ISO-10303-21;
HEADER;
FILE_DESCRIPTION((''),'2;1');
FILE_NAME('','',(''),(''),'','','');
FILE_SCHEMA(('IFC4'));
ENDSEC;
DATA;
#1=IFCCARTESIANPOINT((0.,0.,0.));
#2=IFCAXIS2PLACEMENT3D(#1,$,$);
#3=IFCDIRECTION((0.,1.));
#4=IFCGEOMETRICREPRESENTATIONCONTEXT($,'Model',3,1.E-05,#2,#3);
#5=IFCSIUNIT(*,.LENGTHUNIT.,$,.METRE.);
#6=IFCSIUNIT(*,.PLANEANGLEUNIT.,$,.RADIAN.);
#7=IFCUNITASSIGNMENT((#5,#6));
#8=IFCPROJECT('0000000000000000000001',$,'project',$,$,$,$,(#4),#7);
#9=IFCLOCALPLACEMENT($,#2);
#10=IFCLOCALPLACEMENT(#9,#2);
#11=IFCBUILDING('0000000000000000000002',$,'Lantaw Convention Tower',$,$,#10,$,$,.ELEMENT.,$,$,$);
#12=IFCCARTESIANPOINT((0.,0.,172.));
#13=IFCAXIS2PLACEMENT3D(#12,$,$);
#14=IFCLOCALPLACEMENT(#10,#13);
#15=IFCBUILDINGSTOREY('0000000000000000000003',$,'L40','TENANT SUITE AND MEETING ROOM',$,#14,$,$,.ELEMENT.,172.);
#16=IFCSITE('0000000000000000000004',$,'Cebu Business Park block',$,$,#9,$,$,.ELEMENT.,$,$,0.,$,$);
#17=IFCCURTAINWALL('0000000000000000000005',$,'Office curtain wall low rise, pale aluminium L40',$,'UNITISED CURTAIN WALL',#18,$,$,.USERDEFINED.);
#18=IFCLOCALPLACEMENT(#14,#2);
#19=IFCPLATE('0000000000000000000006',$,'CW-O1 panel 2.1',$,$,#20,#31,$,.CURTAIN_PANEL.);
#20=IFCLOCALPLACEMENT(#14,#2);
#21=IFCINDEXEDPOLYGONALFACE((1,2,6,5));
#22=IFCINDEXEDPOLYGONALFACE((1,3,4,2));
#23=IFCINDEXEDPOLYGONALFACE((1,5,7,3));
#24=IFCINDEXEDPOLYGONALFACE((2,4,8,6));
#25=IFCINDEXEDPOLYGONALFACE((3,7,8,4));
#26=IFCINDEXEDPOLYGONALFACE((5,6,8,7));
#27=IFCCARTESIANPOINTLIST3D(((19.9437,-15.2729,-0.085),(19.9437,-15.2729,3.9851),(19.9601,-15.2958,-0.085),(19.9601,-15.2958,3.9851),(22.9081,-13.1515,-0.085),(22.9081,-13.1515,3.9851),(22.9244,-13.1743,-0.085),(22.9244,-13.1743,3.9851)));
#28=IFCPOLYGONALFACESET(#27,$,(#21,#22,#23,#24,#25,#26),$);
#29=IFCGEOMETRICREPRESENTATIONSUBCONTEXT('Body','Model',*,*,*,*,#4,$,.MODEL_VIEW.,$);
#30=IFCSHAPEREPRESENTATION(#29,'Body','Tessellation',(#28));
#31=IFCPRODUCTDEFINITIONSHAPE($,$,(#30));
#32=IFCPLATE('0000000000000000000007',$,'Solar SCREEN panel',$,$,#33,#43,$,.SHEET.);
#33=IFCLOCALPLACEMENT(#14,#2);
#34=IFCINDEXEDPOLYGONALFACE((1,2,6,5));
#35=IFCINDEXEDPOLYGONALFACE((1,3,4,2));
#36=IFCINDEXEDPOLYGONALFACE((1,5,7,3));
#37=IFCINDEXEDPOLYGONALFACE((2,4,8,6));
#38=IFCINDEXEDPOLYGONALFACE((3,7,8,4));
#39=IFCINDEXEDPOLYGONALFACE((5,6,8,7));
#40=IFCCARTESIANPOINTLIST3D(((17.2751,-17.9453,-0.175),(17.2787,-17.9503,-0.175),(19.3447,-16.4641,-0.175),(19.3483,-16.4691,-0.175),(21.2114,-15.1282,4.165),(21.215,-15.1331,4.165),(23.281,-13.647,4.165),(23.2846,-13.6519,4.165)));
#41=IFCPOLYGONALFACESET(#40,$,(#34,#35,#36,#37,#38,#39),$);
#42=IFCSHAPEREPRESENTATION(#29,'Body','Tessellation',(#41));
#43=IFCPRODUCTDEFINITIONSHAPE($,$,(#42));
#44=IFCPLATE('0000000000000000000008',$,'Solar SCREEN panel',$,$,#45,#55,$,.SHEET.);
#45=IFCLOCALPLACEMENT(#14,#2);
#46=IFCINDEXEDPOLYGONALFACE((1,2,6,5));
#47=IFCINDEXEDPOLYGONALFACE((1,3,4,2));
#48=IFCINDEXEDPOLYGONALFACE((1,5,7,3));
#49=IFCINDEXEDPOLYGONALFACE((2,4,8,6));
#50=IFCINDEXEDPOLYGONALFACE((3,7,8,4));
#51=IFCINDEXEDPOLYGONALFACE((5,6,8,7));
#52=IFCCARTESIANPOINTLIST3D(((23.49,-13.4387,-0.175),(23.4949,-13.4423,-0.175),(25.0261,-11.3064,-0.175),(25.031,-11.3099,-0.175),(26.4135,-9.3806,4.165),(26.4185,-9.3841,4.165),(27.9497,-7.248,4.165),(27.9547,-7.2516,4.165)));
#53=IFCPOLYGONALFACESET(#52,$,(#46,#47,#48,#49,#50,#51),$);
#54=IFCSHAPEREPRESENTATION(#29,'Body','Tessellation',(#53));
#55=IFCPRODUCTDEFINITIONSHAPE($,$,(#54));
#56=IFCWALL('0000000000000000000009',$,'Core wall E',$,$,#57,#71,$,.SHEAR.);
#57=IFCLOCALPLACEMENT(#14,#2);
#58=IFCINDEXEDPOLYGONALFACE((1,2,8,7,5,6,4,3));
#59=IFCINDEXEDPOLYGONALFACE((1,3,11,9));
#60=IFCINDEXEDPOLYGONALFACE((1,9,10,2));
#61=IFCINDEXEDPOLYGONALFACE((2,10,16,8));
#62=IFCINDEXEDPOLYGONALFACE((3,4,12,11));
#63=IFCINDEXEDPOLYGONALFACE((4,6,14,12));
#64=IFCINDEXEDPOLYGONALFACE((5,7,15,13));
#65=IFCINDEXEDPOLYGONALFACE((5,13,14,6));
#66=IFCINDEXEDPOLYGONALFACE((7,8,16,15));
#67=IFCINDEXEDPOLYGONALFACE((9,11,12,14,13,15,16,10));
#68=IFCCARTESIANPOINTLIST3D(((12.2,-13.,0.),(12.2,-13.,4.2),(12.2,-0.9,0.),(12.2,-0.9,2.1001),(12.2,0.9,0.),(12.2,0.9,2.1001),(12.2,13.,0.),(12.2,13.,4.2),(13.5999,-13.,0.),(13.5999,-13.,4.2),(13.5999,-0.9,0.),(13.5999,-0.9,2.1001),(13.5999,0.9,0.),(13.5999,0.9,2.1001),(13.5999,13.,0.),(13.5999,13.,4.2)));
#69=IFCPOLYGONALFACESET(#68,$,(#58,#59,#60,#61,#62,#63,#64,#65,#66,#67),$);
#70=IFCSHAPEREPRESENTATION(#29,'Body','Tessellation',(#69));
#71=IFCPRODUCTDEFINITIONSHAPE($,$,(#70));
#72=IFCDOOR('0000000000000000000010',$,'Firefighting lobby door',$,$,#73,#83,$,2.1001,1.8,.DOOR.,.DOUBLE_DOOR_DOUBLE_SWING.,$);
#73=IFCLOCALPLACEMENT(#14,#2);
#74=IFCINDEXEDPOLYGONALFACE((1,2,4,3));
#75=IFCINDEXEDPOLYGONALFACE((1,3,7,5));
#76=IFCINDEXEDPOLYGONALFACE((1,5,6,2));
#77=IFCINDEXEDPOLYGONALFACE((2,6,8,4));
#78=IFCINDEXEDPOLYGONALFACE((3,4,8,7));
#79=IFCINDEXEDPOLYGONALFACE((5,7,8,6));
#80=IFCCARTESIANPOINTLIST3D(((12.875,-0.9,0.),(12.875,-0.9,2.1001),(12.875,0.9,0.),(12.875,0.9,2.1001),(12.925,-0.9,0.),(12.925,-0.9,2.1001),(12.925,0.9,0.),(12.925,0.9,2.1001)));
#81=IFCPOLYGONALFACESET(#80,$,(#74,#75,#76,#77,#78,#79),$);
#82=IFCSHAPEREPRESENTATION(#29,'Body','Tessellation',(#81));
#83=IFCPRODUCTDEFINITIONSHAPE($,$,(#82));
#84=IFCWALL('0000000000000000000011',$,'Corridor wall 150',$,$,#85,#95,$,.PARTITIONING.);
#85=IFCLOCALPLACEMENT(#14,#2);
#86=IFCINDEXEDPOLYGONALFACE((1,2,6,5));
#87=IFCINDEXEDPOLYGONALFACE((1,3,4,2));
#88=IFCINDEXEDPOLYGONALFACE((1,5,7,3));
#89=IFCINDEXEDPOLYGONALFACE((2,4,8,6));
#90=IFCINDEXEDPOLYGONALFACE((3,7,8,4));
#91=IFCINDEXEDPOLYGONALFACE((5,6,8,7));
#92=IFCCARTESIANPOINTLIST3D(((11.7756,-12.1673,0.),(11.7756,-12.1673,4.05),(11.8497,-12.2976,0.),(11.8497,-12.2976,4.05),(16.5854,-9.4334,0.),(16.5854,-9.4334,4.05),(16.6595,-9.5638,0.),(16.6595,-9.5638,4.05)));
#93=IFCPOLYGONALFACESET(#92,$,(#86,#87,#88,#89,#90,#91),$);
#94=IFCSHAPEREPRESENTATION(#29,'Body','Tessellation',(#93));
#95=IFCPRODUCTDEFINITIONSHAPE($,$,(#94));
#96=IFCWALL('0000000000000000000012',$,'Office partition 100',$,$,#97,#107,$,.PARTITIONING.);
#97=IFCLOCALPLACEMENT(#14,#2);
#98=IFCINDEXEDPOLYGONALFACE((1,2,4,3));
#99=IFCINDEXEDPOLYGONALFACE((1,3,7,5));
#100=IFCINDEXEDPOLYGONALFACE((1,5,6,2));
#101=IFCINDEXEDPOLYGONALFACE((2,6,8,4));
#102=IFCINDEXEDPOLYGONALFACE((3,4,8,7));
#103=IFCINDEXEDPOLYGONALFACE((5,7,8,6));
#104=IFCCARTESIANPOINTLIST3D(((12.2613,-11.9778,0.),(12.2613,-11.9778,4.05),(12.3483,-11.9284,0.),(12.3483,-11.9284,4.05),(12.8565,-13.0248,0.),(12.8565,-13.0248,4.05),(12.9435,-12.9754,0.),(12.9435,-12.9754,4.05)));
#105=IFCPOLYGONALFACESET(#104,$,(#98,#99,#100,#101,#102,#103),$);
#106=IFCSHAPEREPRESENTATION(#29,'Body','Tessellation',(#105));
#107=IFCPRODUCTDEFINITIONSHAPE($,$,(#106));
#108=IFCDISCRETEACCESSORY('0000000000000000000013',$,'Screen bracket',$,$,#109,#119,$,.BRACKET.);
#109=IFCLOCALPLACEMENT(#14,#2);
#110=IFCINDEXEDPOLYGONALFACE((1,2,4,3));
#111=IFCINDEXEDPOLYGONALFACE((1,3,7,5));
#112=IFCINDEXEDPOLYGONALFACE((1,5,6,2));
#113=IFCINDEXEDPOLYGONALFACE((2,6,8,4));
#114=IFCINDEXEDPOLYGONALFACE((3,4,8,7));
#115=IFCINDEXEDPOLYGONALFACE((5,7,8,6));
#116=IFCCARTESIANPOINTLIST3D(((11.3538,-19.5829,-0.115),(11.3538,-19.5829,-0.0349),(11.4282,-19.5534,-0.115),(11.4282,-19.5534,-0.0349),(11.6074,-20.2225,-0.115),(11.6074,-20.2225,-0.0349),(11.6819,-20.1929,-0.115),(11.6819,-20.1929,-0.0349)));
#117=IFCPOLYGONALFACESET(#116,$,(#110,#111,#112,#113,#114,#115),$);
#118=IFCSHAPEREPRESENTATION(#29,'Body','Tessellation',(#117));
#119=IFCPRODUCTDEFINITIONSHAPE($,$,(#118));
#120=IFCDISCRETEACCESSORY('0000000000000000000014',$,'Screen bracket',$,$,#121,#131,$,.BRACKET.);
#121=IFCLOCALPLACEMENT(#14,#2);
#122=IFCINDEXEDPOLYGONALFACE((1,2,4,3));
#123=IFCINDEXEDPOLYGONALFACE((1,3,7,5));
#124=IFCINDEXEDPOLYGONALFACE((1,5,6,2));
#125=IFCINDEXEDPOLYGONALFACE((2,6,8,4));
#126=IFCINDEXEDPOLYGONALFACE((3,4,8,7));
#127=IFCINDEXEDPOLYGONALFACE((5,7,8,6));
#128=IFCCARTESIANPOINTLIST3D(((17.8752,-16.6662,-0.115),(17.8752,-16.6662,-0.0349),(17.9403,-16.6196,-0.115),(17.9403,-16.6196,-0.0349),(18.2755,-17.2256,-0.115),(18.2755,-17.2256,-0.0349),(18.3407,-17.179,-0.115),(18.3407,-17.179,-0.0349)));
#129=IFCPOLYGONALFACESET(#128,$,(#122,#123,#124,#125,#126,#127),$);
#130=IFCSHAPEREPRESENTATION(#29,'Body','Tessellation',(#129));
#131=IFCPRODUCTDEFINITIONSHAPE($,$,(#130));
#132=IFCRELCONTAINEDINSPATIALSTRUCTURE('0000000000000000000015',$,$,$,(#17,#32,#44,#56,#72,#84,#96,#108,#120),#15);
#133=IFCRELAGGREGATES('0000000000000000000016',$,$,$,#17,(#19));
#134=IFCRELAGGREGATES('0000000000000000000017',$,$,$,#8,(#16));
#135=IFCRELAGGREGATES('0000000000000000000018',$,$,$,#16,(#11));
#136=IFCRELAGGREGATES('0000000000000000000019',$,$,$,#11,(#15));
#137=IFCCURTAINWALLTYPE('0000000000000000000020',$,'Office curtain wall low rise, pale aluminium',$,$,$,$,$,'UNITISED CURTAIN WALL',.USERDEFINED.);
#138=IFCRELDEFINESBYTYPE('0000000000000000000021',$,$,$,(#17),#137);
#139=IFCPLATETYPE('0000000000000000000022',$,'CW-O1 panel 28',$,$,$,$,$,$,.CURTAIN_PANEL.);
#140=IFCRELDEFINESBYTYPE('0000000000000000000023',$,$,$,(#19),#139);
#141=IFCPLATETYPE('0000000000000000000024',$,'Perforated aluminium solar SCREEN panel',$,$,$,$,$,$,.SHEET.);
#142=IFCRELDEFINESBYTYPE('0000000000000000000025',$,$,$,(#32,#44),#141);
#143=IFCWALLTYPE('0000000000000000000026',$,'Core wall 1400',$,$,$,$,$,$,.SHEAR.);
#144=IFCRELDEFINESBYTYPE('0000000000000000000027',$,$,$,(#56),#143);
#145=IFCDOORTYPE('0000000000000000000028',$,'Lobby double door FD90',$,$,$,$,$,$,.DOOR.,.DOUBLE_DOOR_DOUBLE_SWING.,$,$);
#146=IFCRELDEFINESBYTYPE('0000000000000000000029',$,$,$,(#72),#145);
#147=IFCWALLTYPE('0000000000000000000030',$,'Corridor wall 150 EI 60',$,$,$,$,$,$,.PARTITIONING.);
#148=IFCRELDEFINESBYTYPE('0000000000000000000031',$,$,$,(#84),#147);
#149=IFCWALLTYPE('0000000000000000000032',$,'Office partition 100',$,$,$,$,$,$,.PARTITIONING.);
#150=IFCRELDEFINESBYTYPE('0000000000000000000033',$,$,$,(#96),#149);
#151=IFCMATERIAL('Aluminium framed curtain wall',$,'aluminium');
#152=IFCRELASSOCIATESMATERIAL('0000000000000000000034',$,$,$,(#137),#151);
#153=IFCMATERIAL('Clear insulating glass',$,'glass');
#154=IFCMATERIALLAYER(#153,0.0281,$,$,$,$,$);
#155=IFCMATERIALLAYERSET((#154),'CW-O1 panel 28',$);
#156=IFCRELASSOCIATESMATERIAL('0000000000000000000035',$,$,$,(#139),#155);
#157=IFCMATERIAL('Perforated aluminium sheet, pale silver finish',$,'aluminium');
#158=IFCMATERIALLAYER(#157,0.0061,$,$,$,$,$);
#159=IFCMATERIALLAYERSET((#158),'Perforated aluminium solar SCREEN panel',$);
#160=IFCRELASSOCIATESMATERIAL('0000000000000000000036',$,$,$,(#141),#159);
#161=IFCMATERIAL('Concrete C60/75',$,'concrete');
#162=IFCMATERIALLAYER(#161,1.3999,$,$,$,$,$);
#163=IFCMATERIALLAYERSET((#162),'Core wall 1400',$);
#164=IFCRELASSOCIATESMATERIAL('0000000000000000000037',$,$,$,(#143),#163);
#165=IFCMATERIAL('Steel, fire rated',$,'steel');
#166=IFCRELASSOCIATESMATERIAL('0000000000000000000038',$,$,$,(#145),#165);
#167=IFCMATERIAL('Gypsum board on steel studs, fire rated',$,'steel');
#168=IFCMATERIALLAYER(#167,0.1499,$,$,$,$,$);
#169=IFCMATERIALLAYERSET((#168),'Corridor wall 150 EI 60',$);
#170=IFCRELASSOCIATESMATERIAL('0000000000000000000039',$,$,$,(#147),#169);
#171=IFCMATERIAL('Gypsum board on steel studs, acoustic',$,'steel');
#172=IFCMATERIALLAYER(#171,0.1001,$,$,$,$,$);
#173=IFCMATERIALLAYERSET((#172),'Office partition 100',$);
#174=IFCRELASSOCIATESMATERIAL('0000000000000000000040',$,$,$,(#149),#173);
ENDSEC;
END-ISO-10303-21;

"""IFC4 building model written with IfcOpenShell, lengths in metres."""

from ifc_helpers import new_model, si_unit, direction, frame, frame_2d, origin, origin_2d, place, context, subcontext, project, spatial, polyline, rectangle, outline, extrude, material, layer, layer_set, type_object, element, fill, aggregate, save


model = new_model("IFC4")

# Units and contexts
model_context = context("Model", 3, precision=1e-05, world=origin(), true_north=direction((0.0, 1.0)))
body_context = subcontext(model_context, "Body", "Model", "MODEL_VIEW")
ifc_project = project(units=[si_unit("LENGTHUNIT", "METRE"), si_unit("PLANEANGLEUNIT", "RADIAN")], contexts=[model_context])

# Site, building, storey
site_placement = place(None, origin())
site = spatial("IfcSite", under=ifc_project, at=site_placement, Name="Cebu Business Park block", CompositionType="ELEMENT", RefElevation=0.0)
building_placement = place(site_placement, origin())
building = spatial("IfcBuilding", under=site, at=building_placement, Name="Lantaw Convention Tower", CompositionType="ELEMENT")
storey_placement = place(building_placement, frame((0.0, 0.0, 172.0)))
storey = spatial("IfcBuildingStorey", under=building, at=storey_placement, Name="L40", Description="TENANT SUITE AND MEETING ROOM", CompositionType="ELEMENT", Elevation=172.0)

# Shared definitions
ifc_material_1 = material(Name="Concrete C60/75", Category="concrete")

# Curtain wall
ifc_material_2 = material(Name="Aluminium framed curtain wall", Category="aluminium")
curtain_wall_type = type_object("IfcCurtainWallType", Name="Office curtain wall low rise, pale aluminium", ElementType="UNITISED CURTAIN WALL", PredefinedType="USERDEFINED", material=ifc_material_2)
curtain_wall_1_placement = place(storey_placement, origin())
curtain_wall_1 = element("IfcCurtainWall", 1, at=curtain_wall_1_placement, inside=storey, type_object=curtain_wall_type, Name="Office curtain wall low rise, pale aluminium L40", ObjectType="UNITISED CURTAIN WALL", PredefinedType="USERDEFINED")

# Plate
ifc_material_3 = material(Name="Clear insulating glass", Category="glass")
ifc_layer_1 = layer(ifc_material_3, 0.0281)
ifc_layer_set_1 = layer_set([ifc_layer_1], Name="CW-O1 panel 28")
plate_type_1 = type_object("IfcPlateType", Name="CW-O1 panel 28", PredefinedType="CURTAIN_PANEL", material=ifc_layer_set_1)
plate_1_placement = place(storey_placement, frame((21.4341, -14.2236, -0.085), z_axis=(0.0, 0.0, 1.0), x_axis=(0.813208, 0.581973, 0.0)))
plate_1 = element("IfcPlate", 2, at=plate_1_placement, type_object=plate_type_1, Name="CW-O1 panel 2.1", PredefinedType="CURTAIN_PANEL", context=body_context, shape_type="SweptSolid", body=[
    extrude(rectangle(XDim=3.6453, YDim=0.0281, at=origin_2d()), origin(), (0.0, 0.0, 1.0), 4.0701),
])
aggregate(curtain_wall_1, [plate_1])

# Plates
ifc_material_4 = material(Name="Perforated aluminium sheet, pale silver finish", Category="aluminium")
ifc_layer_2 = layer(ifc_material_4, 0.0061)
ifc_layer_set_2 = layer_set([ifc_layer_2], Name="Perforated aluminium solar SCREEN panel")
plate_type_2 = type_object("IfcPlateType", Name="Perforated aluminium solar SCREEN panel", PredefinedType="SHEET", material=ifc_layer_set_2)
plate_2_placement = place(storey_placement, frame((17.2751, -17.9453, -0.175), z_axis=(-0.582, 0.813189, 0.000012), x_axis=(0.813189, 0.582, 0.0)))
element("IfcPlate", 3, at=plate_2_placement, inside=storey, type_object=plate_type_2, Name="Solar SCREEN panel", PredefinedType="SHEET", context=body_context, shape_type="SweptSolid", body=[
    extrude(outline(polyline([(0.0, 0.0), (2.545, 0.0), (7.3855, -4.3401), (4.8405, -4.3401), (0.0, 0.0)])), origin(), (0.0, 0.0, -1.0), 0.0061),
])
plate_3_placement = place(storey_placement, frame((23.49, -13.4387, -0.175), z_axis=(-0.811395, 0.584498, 0.000036), x_axis=(0.584498, 0.811395, 0.0)))
element("IfcPlate", 4, at=plate_3_placement, inside=storey, type_object=plate_type_2, Name="Solar SCREEN panel", PredefinedType="SHEET", context=body_context, shape_type="SweptSolid", body=[
    extrude(outline(polyline([(0.0, 0.0), (2.628, 0.0), (7.6298, -4.3401), (5.0016, -4.3401), (0.0, 0.0)])), origin(), (0.0, 0.0, -1.0), 0.0061),
])

# Wall, opening, door
ifc_layer_3 = layer(ifc_material_1, 1.3999)
ifc_layer_set_3 = layer_set([ifc_layer_3], Name="Core wall 1400")
wall_type_1 = type_object("IfcWallType", Name="Core wall 1400", PredefinedType="SHEAR", material=ifc_layer_set_3)
wall_1_placement = place(storey_placement, frame((12.8999, -13.0, 0.0), z_axis=(0.0, 0.0, 1.0), x_axis=(0.0, 1.0, 0.0)))
wall_1 = element("IfcWall", 5, at=wall_1_placement, inside=storey, type_object=wall_type_1, Name="Core wall E", PredefinedType="SHEAR", context=body_context, shape_type="SweptSolid", body=[
    extrude(rectangle(XDim=26.0, YDim=1.3999, at=frame_2d((13.0, 0.0))), origin(), (0.0, 0.0, 1.0), 4.2),
])
opening_placement = place(wall_1_placement, frame((12.1001, 0.0, 0.0)))
opening = element("IfcOpeningElement", 6, at=opening_placement, cuts=wall_1, PredefinedType="OPENING", context=body_context, shape_type="SweptSolid", body=[
    extrude(rectangle(XDim=1.8, YDim=2.1001, at=frame_2d((0.8999, 1.05))), frame((0.0, 0.71, 0.0), z_axis=(0.0, -1.0, 0.0), x_axis=(1.0, 0.0, 0.0)), (0.0, 0.0, 1.0), 1.4199),
])
ifc_material_5 = material(Name="Steel, fire rated", Category="steel")
door_type = type_object("IfcDoorType", Name="Lobby double door FD90", OperationType="DOUBLE_DOOR_DOUBLE_SWING", PredefinedType="DOOR", material=ifc_material_5)
door_placement = place(opening_placement, origin())
door = element("IfcDoor", 7, at=door_placement, inside=storey, type_object=door_type, Name="Firefighting lobby door", OperationType="DOUBLE_DOOR_DOUBLE_SWING", OverallHeight=2.1001, OverallWidth=1.8, PredefinedType="DOOR", context=body_context, shape_type="SweptSolid", body=[
    extrude(rectangle(XDim=1.8, YDim=2.1001, at=frame_2d((0.8999, 1.05))), frame((0.0, 0.0249, 0.0), z_axis=(0.0, -1.0, 0.0), x_axis=(1.0, 0.0, 0.0)), (0.0, 0.0, 1.0), 0.05),
])
fill(opening, door)

# Walls
ifc_material_6 = material(Name="Gypsum board on steel studs, fire rated", Category="steel")
ifc_layer_4 = layer(ifc_material_6, 0.1499)
ifc_layer_set_4 = layer_set([ifc_layer_4], Name="Corridor wall 150 EI 60")
wall_type_2 = type_object("IfcWallType", Name="Corridor wall 150 EI 60", PredefinedType="PARTITIONING", material=ifc_layer_set_4)
wall_2_placement = place(storey_placement, frame((11.8127, -12.2324, 0.0), z_axis=(0.0, 0.0, 1.0), x_axis=(0.869376, 0.494151, 0.0)))
element("IfcWall", 8, at=wall_2_placement, inside=storey, type_object=wall_type_2, Name="Corridor wall 150", PredefinedType="PARTITIONING", context=body_context, shape_type="SweptSolid", body=[
    extrude(rectangle(XDim=5.5325, YDim=0.1499, at=frame_2d((2.7661, 0.0))), origin(), (0.0, 0.0, 1.0), 4.05),
])
ifc_material_7 = material(Name="Gypsum board on steel studs, acoustic", Category="steel")
ifc_layer_5 = layer(ifc_material_7, 0.1001)
ifc_layer_set_5 = layer_set([ifc_layer_5], Name="Office partition 100")
wall_type_3 = type_object("IfcWallType", Name="Office partition 100", PredefinedType="PARTITIONING", material=ifc_layer_set_5)
wall_3_placement = place(storey_placement, frame((12.8999, -13.0, 0.0), z_axis=(0.0, 0.0, 1.0), x_axis=(-0.494173, 0.869364, 0.0)))
element("IfcWall", 9, at=wall_3_placement, inside=storey, type_object=wall_type_3, Name="Office partition 100", PredefinedType="PARTITIONING", context=body_context, shape_type="SweptSolid", body=[
    extrude(rectangle(XDim=1.2043, YDim=0.1001, at=frame_2d((0.6021, 0.0))), origin(), (0.0, 0.0, 1.0), 4.05),
])

# Discrete accessories
for number, where, z_axis, x_axis, name in (
    (10, (11.5178, -19.8879, -0.115), (0.0, 0.0, 1.0), (0.929548, 0.368702, 0.0), "Screen bracket"),
    (11, (18.1079, -16.9226, -0.115), (0.0, 0.0, 1.0), (0.813208, 0.581973, 0.0), "Screen bracket"),
):
    element("IfcDiscreteAccessory", number, at=place(storey_placement, frame(where, z_axis=z_axis, x_axis=x_axis)), inside=storey, Name=name, PredefinedType="BRACKET", context=body_context, shape_type="SweptSolid", body=[
        extrude(rectangle(XDim=0.0801, YDim=0.688, at=origin_2d()), origin(), (0.0, 0.0, 1.0), 0.0801),
    ])

save(model, "model.ifc")
